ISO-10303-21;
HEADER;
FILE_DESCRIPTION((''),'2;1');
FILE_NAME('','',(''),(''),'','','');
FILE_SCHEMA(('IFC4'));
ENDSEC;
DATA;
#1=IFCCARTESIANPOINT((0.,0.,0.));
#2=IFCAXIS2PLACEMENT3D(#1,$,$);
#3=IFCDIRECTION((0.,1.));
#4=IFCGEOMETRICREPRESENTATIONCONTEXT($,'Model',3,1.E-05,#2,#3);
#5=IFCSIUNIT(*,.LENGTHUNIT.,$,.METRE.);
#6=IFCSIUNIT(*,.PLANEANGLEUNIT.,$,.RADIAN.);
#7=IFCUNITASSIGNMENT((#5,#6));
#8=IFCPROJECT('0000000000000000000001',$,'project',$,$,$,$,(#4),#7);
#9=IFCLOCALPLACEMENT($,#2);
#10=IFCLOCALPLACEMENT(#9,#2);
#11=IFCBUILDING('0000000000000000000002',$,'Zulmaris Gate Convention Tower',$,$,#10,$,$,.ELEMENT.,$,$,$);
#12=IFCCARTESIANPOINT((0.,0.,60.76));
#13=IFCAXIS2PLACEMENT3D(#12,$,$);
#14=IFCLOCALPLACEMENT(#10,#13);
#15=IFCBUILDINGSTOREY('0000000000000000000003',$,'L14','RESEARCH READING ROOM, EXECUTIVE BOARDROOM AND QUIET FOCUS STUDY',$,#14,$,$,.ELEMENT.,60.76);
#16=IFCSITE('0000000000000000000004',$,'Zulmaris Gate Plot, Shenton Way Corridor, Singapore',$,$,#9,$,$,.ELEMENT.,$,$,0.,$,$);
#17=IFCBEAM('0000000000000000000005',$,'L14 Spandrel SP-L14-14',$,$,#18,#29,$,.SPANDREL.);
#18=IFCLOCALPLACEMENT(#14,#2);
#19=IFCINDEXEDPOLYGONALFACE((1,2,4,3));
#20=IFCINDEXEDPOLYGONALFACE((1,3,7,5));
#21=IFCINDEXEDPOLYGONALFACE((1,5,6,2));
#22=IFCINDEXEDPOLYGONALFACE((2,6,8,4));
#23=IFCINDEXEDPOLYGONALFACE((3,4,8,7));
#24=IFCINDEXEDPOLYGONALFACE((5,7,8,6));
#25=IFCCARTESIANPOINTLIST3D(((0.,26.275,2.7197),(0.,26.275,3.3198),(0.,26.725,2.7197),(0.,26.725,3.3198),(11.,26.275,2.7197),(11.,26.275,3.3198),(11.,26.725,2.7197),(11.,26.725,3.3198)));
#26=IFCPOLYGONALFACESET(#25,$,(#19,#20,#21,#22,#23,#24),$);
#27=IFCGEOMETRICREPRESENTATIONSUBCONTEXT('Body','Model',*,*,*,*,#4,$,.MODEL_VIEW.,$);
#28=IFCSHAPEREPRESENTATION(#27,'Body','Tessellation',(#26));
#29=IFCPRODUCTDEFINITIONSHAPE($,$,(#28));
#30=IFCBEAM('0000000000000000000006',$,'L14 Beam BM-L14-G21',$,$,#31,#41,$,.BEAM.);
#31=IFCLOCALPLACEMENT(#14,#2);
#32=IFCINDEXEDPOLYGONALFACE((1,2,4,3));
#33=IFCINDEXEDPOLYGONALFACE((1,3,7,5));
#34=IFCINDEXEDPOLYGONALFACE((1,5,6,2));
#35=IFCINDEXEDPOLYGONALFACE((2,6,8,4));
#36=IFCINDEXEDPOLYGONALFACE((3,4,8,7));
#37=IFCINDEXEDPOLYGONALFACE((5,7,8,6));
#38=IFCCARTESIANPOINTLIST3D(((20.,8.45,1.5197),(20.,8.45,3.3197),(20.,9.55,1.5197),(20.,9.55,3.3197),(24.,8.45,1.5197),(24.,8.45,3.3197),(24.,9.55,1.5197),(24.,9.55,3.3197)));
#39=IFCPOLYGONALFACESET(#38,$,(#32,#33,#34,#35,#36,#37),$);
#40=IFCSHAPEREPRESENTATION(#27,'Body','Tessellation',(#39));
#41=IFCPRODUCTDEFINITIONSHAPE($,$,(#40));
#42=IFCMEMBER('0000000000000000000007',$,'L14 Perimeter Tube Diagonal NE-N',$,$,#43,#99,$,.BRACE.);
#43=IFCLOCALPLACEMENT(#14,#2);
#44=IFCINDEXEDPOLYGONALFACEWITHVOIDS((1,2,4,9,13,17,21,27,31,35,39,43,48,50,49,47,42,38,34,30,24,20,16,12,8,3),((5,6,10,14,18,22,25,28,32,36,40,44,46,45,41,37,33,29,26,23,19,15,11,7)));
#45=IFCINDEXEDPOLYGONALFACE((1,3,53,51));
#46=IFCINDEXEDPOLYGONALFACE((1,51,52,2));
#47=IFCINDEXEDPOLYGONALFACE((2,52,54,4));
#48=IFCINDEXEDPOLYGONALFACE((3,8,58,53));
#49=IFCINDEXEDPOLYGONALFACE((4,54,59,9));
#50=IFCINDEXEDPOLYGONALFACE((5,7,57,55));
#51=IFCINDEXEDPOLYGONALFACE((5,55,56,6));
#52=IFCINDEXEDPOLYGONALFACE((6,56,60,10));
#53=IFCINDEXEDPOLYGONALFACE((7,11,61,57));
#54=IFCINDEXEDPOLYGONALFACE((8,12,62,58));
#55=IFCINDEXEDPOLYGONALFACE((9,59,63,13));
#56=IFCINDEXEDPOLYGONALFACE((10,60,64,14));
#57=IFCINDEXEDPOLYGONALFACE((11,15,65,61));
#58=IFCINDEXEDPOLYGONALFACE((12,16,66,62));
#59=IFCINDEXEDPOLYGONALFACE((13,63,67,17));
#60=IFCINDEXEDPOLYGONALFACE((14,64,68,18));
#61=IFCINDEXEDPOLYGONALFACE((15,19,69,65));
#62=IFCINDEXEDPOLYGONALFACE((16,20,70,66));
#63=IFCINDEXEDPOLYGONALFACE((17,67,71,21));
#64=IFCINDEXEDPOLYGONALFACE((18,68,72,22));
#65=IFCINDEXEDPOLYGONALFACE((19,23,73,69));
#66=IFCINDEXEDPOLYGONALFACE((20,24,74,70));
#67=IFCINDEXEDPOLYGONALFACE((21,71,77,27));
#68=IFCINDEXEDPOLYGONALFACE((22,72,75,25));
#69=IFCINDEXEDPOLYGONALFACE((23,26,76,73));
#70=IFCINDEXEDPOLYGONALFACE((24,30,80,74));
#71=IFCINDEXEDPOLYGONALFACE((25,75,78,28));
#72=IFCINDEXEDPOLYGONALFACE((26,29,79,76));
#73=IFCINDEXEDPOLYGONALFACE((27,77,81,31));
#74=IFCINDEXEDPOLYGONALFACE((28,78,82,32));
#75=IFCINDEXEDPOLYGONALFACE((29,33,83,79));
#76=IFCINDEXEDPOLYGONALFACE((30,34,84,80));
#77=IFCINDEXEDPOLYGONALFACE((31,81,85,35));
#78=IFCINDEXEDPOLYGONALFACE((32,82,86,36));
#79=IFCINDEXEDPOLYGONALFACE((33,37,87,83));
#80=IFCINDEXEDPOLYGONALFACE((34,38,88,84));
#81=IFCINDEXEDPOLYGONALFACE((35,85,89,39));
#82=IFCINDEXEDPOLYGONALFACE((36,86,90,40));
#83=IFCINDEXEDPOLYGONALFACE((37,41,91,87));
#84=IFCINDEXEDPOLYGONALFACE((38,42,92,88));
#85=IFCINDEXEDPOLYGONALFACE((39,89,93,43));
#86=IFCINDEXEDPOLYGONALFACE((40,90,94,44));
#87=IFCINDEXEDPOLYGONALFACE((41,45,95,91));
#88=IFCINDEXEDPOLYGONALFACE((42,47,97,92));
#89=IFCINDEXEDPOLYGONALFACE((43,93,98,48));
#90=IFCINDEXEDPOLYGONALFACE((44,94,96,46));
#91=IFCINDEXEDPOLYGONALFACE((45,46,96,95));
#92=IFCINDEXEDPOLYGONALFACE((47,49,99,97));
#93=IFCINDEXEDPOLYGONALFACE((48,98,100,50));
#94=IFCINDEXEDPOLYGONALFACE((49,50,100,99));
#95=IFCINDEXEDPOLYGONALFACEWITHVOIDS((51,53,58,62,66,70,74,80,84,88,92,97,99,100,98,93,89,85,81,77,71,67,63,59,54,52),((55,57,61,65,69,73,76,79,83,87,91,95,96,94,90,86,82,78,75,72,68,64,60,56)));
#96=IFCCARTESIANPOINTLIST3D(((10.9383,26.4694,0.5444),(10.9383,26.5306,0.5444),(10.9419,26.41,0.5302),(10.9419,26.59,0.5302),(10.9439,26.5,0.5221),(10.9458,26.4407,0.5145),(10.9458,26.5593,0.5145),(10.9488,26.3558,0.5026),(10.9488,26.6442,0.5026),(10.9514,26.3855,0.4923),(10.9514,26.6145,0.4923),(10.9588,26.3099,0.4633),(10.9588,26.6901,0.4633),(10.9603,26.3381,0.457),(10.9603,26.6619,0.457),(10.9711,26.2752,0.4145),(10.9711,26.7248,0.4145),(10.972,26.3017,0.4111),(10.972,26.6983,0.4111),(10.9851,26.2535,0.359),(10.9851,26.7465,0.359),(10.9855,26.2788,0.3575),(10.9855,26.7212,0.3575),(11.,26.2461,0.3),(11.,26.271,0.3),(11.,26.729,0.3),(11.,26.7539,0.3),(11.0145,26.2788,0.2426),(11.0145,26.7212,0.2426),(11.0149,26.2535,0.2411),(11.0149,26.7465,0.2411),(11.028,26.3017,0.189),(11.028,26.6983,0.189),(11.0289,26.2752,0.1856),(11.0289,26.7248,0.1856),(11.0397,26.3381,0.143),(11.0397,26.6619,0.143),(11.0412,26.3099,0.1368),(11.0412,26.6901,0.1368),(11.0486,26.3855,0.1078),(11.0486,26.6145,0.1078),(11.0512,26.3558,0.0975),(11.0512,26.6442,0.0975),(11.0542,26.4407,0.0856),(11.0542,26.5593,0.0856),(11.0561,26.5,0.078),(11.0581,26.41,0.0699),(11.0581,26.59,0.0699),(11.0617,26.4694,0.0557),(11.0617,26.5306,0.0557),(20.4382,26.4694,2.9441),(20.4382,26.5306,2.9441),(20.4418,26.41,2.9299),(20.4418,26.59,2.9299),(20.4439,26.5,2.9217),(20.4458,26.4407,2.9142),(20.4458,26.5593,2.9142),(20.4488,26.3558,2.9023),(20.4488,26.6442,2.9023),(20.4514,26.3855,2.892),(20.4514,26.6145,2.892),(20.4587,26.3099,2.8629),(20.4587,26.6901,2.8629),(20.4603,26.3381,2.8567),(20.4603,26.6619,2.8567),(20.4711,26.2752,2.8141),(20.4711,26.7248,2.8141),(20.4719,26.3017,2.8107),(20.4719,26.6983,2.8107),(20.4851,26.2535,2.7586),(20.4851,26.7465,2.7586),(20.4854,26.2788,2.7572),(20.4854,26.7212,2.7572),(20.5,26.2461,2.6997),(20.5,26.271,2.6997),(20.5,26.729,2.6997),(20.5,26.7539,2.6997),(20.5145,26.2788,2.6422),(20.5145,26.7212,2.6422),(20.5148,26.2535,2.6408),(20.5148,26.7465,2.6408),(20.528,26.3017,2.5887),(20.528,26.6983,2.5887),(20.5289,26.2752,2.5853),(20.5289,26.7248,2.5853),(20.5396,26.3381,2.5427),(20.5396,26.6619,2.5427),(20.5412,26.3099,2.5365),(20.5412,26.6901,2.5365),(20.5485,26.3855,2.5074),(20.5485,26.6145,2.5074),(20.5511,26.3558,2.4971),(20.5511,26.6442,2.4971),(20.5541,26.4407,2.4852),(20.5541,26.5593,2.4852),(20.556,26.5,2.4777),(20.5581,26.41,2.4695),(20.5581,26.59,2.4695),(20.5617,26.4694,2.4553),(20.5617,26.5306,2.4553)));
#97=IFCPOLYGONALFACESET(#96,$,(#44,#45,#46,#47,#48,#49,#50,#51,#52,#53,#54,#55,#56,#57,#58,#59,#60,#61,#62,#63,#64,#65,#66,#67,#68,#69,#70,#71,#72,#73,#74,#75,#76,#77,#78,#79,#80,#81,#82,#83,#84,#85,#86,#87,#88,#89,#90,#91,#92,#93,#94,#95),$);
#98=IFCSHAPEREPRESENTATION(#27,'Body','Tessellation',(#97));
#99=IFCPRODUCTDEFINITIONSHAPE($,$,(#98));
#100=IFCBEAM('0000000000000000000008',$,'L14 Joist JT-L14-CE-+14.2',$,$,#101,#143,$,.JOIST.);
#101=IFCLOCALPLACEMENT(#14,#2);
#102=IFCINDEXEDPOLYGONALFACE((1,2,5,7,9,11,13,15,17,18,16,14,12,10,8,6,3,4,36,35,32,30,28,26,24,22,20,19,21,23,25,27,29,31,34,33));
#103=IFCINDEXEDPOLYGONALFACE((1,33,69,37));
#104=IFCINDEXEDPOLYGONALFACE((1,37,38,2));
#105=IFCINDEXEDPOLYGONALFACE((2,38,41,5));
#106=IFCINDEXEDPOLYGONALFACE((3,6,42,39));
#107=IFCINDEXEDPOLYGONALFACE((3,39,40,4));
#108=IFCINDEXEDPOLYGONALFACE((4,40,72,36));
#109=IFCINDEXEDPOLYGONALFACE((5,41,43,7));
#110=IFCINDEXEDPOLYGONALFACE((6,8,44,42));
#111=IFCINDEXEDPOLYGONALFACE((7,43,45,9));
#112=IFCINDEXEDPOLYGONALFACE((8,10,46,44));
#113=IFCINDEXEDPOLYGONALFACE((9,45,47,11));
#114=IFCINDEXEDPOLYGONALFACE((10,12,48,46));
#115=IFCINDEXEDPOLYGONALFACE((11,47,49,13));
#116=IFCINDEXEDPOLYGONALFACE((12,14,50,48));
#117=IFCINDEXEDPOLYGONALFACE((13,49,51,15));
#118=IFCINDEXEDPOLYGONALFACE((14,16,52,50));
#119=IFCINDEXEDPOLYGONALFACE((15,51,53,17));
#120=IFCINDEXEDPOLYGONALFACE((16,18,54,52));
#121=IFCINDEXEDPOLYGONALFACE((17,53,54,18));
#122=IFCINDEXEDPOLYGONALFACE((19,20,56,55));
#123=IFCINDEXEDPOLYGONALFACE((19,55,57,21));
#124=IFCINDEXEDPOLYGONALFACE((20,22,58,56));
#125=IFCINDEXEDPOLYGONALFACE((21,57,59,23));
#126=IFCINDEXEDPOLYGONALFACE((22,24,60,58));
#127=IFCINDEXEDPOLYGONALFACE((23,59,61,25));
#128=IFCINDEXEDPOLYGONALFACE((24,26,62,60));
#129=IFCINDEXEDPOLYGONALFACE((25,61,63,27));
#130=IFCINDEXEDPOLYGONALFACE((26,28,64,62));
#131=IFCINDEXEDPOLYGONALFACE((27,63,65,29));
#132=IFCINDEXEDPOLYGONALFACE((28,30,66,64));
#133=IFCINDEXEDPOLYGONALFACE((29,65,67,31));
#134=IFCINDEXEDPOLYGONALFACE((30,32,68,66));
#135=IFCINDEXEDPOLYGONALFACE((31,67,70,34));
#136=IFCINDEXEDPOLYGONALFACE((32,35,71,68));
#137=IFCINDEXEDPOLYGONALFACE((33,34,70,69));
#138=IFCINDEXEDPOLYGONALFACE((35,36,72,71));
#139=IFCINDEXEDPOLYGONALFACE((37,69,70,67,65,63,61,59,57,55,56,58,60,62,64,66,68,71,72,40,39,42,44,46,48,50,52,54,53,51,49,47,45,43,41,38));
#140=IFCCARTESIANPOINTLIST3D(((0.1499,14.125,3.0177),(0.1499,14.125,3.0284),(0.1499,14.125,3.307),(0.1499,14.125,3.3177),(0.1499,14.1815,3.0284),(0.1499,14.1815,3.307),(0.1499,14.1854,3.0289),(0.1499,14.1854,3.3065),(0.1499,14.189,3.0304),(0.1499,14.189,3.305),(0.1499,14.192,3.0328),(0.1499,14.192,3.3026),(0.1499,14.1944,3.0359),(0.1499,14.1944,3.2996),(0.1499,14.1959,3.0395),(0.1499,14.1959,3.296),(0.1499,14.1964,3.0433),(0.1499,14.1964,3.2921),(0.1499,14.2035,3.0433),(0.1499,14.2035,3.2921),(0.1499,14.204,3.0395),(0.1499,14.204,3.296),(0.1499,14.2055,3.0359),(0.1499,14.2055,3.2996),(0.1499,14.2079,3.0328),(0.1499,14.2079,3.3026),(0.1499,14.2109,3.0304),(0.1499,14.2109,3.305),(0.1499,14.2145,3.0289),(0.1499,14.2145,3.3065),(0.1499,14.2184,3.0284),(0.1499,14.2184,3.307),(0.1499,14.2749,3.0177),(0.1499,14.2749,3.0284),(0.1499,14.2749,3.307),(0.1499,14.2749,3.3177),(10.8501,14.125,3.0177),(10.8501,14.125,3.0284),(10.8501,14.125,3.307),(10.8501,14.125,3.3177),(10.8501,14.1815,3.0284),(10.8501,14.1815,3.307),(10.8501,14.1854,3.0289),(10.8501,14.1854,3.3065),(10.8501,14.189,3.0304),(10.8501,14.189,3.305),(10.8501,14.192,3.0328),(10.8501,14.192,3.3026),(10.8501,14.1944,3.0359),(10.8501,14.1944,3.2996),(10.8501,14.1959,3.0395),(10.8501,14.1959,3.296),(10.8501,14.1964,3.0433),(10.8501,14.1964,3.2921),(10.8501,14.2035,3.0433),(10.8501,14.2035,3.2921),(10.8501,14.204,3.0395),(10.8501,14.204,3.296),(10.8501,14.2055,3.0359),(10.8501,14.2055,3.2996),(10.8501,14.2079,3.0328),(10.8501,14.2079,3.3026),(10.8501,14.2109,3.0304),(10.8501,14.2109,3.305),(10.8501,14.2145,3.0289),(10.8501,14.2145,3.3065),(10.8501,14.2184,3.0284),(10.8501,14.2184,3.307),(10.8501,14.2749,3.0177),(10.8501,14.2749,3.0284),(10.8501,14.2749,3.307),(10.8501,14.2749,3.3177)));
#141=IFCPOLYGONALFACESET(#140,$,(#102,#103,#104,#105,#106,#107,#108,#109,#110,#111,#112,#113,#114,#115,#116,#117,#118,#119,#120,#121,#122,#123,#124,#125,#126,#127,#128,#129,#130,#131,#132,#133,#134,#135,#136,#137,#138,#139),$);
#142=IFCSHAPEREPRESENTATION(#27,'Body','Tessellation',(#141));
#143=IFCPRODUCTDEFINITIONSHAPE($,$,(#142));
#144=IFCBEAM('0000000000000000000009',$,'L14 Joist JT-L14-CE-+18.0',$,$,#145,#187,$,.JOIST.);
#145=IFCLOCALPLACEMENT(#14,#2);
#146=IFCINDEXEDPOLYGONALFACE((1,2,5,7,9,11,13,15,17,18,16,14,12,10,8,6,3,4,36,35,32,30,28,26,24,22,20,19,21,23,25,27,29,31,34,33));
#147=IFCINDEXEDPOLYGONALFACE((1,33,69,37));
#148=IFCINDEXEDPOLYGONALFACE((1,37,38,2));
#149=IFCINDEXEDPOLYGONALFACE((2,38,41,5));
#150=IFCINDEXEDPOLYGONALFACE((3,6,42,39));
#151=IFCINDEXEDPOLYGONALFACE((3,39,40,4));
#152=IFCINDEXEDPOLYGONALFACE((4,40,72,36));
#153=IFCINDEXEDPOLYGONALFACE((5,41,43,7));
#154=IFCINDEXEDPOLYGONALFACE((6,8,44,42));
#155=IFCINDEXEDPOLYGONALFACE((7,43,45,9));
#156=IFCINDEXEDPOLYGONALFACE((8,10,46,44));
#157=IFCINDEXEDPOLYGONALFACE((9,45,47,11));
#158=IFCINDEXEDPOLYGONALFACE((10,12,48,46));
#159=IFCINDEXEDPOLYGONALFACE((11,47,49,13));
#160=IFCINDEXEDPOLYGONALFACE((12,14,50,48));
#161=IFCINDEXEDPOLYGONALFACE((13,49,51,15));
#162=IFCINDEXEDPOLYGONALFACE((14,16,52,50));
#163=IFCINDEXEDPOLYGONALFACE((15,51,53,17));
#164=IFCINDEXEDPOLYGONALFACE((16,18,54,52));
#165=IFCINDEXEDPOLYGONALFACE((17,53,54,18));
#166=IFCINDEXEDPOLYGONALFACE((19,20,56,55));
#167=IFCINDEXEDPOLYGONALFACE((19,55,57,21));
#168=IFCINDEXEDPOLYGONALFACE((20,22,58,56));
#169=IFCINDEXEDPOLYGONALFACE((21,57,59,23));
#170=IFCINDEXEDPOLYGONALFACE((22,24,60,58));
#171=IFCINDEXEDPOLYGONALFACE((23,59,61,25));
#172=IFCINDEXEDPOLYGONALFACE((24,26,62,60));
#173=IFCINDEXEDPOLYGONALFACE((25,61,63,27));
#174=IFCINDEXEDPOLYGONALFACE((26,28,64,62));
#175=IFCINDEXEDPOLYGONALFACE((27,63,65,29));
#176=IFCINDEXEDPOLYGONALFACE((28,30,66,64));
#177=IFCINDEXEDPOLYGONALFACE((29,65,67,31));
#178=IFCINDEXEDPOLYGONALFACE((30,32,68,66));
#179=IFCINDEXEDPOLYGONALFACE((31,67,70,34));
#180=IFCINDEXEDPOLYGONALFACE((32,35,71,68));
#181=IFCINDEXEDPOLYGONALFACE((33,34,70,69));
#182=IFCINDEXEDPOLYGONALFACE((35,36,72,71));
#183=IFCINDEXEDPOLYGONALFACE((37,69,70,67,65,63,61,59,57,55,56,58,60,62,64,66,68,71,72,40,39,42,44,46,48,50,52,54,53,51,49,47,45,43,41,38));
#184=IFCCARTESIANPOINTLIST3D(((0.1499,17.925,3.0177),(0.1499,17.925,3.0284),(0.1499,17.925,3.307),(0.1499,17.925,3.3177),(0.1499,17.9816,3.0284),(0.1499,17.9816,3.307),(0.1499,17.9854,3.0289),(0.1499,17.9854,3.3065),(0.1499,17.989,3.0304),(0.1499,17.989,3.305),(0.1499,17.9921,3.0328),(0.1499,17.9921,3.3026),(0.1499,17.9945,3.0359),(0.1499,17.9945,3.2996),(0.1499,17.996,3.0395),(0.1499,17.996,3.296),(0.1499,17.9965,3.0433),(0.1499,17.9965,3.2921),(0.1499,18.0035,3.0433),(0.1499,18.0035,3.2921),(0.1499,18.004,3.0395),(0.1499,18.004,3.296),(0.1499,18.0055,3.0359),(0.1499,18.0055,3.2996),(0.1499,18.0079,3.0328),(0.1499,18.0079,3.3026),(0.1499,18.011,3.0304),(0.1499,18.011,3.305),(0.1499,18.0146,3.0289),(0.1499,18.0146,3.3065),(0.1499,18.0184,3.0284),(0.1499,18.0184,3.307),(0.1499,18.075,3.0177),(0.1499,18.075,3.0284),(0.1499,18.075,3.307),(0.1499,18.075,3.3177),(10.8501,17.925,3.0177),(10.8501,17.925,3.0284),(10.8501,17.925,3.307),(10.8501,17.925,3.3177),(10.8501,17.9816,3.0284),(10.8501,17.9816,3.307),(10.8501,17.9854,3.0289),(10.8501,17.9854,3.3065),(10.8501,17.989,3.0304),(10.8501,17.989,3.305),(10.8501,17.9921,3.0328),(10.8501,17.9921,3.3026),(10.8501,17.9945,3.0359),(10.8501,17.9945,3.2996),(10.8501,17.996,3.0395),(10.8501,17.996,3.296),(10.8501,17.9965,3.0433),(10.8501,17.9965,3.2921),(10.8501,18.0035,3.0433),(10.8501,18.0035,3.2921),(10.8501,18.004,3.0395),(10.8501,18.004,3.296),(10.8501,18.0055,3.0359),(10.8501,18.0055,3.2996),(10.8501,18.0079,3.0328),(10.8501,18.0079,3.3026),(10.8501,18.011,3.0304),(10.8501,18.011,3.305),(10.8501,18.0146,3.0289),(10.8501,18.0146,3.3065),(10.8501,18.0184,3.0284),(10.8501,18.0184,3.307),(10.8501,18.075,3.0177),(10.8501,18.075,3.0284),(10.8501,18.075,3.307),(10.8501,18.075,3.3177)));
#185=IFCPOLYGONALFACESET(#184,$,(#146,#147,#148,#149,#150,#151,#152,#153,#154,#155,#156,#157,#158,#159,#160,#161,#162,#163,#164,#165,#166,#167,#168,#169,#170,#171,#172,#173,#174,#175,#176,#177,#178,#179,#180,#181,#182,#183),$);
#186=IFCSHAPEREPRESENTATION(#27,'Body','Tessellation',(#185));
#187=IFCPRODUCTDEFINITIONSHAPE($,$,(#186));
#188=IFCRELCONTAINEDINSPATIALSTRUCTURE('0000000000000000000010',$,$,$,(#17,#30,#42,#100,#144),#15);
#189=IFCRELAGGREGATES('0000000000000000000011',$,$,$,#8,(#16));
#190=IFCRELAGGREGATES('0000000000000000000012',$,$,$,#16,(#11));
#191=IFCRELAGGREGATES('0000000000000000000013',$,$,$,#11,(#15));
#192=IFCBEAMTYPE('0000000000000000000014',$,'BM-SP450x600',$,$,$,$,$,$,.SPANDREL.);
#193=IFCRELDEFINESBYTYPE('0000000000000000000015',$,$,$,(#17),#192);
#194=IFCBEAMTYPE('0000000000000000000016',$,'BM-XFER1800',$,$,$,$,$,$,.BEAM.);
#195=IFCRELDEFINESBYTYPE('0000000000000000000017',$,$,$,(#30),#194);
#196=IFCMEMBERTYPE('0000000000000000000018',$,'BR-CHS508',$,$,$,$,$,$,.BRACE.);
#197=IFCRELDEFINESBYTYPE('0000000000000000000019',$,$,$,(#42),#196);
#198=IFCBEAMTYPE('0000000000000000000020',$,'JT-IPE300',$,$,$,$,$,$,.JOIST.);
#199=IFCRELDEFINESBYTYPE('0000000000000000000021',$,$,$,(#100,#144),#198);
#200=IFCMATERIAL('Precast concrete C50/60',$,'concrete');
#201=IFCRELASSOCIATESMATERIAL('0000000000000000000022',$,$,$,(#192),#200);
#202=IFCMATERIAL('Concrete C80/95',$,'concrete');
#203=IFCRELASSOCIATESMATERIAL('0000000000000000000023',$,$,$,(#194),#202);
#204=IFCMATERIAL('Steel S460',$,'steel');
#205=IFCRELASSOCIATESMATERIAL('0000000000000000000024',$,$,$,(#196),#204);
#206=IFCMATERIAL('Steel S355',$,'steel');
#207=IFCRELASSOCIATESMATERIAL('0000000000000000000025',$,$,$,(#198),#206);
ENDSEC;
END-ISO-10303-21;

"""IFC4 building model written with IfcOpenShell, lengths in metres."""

from ifc_helpers import new_model, si_unit, direction, frame, origin, origin_2d, place, context, subcontext, project, spatial, rectangle, hollow_circle, i_section, extrude, material, material_profile, profile_set, type_object, element, save


model = new_model("IFC4")

# Units and contexts
model_context = context("Model", 3, precision=1e-05, world=origin(), true_north=direction((0.0, 1.0)))
body_context = subcontext(model_context, "Body", "Model", "MODEL_VIEW")
ifc_project = project(units=[si_unit("LENGTHUNIT", "METRE"), si_unit("PLANEANGLEUNIT", "RADIAN")], contexts=[model_context])

# Site, building, storey
site_placement = place(None, origin())
site = spatial("IfcSite", under=ifc_project, at=site_placement, Name="Zulmaris Gate Plot, Shenton Way Corridor, Singapore", CompositionType="ELEMENT", RefElevation=0.0)
building_placement = place(site_placement, origin())
building = spatial("IfcBuilding", under=site, at=building_placement, Name="Zulmaris Gate Convention Tower", CompositionType="ELEMENT")
storey_placement = place(building_placement, frame((0.0, 0.0, 60.76)))
storey = spatial("IfcBuildingStorey", under=building, at=storey_placement, Name="L14", Description="RESEARCH READING ROOM, EXECUTIVE BOARDROOM AND QUIET FOCUS STUDY", CompositionType="ELEMENT", Elevation=60.76)

# Shared definitions
ifc_material_1 = material(Name="Concrete C80/95", Category="concrete")

# Beams
ifc_material_2 = material(Name="Steel S355", Category="steel")
ifc_material_3 = material(Name="Precast concrete C50/60", Category="concrete")
ifc_material_profile_1 = material_profile(ifc_material_3, rectangle(XDim=0.45, YDim=0.6001, at=origin_2d()), Name="RC SPANDREL 450x600")
ifc_profile_set_1 = profile_set([ifc_material_profile_1], Name="Precast concrete C50/60")
beam_type_1 = type_object("IfcBeamType", Name="BM-SP450x600", PredefinedType="SPANDREL", material=ifc_profile_set_1)
beam_1_placement = place(storey_placement, frame((11.0, 26.5, 3.0198), z_axis=(-1.0, 0.0, 0.0), x_axis=(0.0, -1.0, 0.0)))
element("IfcBeam", 1, at=beam_1_placement, inside=storey, type_object=beam_type_1, Name="L14 Spandrel SP-L14-14", PredefinedType="SPANDREL", context=body_context, shape_type="SweptSolid", body=[
    extrude(rectangle(XDim=0.45, YDim=0.6001, at=origin_2d()), origin(), (0.0, 0.0, 1.0), 11.0),
])
ifc_material_profile_2 = material_profile(ifc_material_1, rectangle(XDim=1.1001, YDim=1.8, at=origin_2d()), Name="RC TRANSFER 1100x1800")
ifc_profile_set_2 = profile_set([ifc_material_profile_2], Name="Concrete C80/95")
beam_type_2 = type_object("IfcBeamType", Name="BM-XFER1800", PredefinedType="BEAM", material=ifc_profile_set_2)
beam_2_placement = place(storey_placement, frame((20.0, 9.0, 2.4197), z_axis=(1.0, 0.0, 0.0), x_axis=(0.0, 1.0, 0.0)))
element("IfcBeam", 2, at=beam_2_placement, inside=storey, type_object=beam_type_2, Name="L14 Beam BM-L14-G21", PredefinedType="BEAM", context=body_context, shape_type="SweptSolid", body=[
    extrude(rectangle(XDim=1.1001, YDim=1.8, at=origin_2d()), origin(), (0.0, 0.0, 1.0), 4.0),
])

# Member
ifc_material_4 = material(Name="Steel S460", Category="steel")
ifc_material_profile_3 = material_profile(ifc_material_4, hollow_circle(Radius=0.2539, WallThickness=0.0249, at=origin_2d()), Name="CHS 508x25")
ifc_profile_set_3 = profile_set([ifc_material_profile_3], Name="Steel S460")
member_type = type_object("IfcMemberType", Name="BR-CHS508", PredefinedType="BRACE", material=ifc_profile_set_3)
member_placement = place(storey_placement, frame((11.0, 26.5, 0.3), z_axis=(0.969547, 0.0, 0.244903), x_axis=(0.0, 1.0, 0.0)))
element("IfcMember", 3, at=member_placement, inside=storey, type_object=member_type, Name="L14 Perimeter Tube Diagonal NE-N", PredefinedType="BRACE", context=body_context, shape_type="SweptSolid", body=[
    extrude(hollow_circle(Radius=0.2539, WallThickness=0.0249, at=origin_2d()), origin(), (0.0, 0.0, 1.0), 9.7983),
])

# Beams
ifc_material_profile_4 = material_profile(ifc_material_2, i_section(OverallWidth=0.1499, OverallDepth=0.3, WebThickness=0.0071, FlangeThickness=0.0107, FilletRadius=0.0149, at=origin_2d()), Name="IPE 300")
ifc_profile_set_4 = profile_set([ifc_material_profile_4], Name="Steel S355")
beam_type_3 = type_object("IfcBeamType", Name="JT-IPE300", PredefinedType="JOIST", material=ifc_profile_set_4)
for number, where, z_axis, x_axis, name in (
    (4, (0.1499, 14.2, 3.1677), (1.0, 0.0, 0.0), (0.0, 1.0, 0.0), "L14 Joist JT-L14-CE-+14.2"),
    (5, (0.1499, 18.0, 3.1677), (1.0, 0.0, 0.0), (0.0, 1.0, 0.0), "L14 Joist JT-L14-CE-+18.0"),
):
    element("IfcBeam", number, at=place(storey_placement, frame(where, z_axis=z_axis, x_axis=x_axis)), inside=storey, type_object=beam_type_3, Name=name, PredefinedType="JOIST", context=body_context, shape_type="SweptSolid", body=[
        extrude(i_section(OverallWidth=0.1499, OverallDepth=0.3, WebThickness=0.0071, FlangeThickness=0.0107, FilletRadius=0.0149, at=origin_2d()), origin(), (0.0, 0.0, 1.0), 10.7002),
    ])

save(model, "model.ifc")
